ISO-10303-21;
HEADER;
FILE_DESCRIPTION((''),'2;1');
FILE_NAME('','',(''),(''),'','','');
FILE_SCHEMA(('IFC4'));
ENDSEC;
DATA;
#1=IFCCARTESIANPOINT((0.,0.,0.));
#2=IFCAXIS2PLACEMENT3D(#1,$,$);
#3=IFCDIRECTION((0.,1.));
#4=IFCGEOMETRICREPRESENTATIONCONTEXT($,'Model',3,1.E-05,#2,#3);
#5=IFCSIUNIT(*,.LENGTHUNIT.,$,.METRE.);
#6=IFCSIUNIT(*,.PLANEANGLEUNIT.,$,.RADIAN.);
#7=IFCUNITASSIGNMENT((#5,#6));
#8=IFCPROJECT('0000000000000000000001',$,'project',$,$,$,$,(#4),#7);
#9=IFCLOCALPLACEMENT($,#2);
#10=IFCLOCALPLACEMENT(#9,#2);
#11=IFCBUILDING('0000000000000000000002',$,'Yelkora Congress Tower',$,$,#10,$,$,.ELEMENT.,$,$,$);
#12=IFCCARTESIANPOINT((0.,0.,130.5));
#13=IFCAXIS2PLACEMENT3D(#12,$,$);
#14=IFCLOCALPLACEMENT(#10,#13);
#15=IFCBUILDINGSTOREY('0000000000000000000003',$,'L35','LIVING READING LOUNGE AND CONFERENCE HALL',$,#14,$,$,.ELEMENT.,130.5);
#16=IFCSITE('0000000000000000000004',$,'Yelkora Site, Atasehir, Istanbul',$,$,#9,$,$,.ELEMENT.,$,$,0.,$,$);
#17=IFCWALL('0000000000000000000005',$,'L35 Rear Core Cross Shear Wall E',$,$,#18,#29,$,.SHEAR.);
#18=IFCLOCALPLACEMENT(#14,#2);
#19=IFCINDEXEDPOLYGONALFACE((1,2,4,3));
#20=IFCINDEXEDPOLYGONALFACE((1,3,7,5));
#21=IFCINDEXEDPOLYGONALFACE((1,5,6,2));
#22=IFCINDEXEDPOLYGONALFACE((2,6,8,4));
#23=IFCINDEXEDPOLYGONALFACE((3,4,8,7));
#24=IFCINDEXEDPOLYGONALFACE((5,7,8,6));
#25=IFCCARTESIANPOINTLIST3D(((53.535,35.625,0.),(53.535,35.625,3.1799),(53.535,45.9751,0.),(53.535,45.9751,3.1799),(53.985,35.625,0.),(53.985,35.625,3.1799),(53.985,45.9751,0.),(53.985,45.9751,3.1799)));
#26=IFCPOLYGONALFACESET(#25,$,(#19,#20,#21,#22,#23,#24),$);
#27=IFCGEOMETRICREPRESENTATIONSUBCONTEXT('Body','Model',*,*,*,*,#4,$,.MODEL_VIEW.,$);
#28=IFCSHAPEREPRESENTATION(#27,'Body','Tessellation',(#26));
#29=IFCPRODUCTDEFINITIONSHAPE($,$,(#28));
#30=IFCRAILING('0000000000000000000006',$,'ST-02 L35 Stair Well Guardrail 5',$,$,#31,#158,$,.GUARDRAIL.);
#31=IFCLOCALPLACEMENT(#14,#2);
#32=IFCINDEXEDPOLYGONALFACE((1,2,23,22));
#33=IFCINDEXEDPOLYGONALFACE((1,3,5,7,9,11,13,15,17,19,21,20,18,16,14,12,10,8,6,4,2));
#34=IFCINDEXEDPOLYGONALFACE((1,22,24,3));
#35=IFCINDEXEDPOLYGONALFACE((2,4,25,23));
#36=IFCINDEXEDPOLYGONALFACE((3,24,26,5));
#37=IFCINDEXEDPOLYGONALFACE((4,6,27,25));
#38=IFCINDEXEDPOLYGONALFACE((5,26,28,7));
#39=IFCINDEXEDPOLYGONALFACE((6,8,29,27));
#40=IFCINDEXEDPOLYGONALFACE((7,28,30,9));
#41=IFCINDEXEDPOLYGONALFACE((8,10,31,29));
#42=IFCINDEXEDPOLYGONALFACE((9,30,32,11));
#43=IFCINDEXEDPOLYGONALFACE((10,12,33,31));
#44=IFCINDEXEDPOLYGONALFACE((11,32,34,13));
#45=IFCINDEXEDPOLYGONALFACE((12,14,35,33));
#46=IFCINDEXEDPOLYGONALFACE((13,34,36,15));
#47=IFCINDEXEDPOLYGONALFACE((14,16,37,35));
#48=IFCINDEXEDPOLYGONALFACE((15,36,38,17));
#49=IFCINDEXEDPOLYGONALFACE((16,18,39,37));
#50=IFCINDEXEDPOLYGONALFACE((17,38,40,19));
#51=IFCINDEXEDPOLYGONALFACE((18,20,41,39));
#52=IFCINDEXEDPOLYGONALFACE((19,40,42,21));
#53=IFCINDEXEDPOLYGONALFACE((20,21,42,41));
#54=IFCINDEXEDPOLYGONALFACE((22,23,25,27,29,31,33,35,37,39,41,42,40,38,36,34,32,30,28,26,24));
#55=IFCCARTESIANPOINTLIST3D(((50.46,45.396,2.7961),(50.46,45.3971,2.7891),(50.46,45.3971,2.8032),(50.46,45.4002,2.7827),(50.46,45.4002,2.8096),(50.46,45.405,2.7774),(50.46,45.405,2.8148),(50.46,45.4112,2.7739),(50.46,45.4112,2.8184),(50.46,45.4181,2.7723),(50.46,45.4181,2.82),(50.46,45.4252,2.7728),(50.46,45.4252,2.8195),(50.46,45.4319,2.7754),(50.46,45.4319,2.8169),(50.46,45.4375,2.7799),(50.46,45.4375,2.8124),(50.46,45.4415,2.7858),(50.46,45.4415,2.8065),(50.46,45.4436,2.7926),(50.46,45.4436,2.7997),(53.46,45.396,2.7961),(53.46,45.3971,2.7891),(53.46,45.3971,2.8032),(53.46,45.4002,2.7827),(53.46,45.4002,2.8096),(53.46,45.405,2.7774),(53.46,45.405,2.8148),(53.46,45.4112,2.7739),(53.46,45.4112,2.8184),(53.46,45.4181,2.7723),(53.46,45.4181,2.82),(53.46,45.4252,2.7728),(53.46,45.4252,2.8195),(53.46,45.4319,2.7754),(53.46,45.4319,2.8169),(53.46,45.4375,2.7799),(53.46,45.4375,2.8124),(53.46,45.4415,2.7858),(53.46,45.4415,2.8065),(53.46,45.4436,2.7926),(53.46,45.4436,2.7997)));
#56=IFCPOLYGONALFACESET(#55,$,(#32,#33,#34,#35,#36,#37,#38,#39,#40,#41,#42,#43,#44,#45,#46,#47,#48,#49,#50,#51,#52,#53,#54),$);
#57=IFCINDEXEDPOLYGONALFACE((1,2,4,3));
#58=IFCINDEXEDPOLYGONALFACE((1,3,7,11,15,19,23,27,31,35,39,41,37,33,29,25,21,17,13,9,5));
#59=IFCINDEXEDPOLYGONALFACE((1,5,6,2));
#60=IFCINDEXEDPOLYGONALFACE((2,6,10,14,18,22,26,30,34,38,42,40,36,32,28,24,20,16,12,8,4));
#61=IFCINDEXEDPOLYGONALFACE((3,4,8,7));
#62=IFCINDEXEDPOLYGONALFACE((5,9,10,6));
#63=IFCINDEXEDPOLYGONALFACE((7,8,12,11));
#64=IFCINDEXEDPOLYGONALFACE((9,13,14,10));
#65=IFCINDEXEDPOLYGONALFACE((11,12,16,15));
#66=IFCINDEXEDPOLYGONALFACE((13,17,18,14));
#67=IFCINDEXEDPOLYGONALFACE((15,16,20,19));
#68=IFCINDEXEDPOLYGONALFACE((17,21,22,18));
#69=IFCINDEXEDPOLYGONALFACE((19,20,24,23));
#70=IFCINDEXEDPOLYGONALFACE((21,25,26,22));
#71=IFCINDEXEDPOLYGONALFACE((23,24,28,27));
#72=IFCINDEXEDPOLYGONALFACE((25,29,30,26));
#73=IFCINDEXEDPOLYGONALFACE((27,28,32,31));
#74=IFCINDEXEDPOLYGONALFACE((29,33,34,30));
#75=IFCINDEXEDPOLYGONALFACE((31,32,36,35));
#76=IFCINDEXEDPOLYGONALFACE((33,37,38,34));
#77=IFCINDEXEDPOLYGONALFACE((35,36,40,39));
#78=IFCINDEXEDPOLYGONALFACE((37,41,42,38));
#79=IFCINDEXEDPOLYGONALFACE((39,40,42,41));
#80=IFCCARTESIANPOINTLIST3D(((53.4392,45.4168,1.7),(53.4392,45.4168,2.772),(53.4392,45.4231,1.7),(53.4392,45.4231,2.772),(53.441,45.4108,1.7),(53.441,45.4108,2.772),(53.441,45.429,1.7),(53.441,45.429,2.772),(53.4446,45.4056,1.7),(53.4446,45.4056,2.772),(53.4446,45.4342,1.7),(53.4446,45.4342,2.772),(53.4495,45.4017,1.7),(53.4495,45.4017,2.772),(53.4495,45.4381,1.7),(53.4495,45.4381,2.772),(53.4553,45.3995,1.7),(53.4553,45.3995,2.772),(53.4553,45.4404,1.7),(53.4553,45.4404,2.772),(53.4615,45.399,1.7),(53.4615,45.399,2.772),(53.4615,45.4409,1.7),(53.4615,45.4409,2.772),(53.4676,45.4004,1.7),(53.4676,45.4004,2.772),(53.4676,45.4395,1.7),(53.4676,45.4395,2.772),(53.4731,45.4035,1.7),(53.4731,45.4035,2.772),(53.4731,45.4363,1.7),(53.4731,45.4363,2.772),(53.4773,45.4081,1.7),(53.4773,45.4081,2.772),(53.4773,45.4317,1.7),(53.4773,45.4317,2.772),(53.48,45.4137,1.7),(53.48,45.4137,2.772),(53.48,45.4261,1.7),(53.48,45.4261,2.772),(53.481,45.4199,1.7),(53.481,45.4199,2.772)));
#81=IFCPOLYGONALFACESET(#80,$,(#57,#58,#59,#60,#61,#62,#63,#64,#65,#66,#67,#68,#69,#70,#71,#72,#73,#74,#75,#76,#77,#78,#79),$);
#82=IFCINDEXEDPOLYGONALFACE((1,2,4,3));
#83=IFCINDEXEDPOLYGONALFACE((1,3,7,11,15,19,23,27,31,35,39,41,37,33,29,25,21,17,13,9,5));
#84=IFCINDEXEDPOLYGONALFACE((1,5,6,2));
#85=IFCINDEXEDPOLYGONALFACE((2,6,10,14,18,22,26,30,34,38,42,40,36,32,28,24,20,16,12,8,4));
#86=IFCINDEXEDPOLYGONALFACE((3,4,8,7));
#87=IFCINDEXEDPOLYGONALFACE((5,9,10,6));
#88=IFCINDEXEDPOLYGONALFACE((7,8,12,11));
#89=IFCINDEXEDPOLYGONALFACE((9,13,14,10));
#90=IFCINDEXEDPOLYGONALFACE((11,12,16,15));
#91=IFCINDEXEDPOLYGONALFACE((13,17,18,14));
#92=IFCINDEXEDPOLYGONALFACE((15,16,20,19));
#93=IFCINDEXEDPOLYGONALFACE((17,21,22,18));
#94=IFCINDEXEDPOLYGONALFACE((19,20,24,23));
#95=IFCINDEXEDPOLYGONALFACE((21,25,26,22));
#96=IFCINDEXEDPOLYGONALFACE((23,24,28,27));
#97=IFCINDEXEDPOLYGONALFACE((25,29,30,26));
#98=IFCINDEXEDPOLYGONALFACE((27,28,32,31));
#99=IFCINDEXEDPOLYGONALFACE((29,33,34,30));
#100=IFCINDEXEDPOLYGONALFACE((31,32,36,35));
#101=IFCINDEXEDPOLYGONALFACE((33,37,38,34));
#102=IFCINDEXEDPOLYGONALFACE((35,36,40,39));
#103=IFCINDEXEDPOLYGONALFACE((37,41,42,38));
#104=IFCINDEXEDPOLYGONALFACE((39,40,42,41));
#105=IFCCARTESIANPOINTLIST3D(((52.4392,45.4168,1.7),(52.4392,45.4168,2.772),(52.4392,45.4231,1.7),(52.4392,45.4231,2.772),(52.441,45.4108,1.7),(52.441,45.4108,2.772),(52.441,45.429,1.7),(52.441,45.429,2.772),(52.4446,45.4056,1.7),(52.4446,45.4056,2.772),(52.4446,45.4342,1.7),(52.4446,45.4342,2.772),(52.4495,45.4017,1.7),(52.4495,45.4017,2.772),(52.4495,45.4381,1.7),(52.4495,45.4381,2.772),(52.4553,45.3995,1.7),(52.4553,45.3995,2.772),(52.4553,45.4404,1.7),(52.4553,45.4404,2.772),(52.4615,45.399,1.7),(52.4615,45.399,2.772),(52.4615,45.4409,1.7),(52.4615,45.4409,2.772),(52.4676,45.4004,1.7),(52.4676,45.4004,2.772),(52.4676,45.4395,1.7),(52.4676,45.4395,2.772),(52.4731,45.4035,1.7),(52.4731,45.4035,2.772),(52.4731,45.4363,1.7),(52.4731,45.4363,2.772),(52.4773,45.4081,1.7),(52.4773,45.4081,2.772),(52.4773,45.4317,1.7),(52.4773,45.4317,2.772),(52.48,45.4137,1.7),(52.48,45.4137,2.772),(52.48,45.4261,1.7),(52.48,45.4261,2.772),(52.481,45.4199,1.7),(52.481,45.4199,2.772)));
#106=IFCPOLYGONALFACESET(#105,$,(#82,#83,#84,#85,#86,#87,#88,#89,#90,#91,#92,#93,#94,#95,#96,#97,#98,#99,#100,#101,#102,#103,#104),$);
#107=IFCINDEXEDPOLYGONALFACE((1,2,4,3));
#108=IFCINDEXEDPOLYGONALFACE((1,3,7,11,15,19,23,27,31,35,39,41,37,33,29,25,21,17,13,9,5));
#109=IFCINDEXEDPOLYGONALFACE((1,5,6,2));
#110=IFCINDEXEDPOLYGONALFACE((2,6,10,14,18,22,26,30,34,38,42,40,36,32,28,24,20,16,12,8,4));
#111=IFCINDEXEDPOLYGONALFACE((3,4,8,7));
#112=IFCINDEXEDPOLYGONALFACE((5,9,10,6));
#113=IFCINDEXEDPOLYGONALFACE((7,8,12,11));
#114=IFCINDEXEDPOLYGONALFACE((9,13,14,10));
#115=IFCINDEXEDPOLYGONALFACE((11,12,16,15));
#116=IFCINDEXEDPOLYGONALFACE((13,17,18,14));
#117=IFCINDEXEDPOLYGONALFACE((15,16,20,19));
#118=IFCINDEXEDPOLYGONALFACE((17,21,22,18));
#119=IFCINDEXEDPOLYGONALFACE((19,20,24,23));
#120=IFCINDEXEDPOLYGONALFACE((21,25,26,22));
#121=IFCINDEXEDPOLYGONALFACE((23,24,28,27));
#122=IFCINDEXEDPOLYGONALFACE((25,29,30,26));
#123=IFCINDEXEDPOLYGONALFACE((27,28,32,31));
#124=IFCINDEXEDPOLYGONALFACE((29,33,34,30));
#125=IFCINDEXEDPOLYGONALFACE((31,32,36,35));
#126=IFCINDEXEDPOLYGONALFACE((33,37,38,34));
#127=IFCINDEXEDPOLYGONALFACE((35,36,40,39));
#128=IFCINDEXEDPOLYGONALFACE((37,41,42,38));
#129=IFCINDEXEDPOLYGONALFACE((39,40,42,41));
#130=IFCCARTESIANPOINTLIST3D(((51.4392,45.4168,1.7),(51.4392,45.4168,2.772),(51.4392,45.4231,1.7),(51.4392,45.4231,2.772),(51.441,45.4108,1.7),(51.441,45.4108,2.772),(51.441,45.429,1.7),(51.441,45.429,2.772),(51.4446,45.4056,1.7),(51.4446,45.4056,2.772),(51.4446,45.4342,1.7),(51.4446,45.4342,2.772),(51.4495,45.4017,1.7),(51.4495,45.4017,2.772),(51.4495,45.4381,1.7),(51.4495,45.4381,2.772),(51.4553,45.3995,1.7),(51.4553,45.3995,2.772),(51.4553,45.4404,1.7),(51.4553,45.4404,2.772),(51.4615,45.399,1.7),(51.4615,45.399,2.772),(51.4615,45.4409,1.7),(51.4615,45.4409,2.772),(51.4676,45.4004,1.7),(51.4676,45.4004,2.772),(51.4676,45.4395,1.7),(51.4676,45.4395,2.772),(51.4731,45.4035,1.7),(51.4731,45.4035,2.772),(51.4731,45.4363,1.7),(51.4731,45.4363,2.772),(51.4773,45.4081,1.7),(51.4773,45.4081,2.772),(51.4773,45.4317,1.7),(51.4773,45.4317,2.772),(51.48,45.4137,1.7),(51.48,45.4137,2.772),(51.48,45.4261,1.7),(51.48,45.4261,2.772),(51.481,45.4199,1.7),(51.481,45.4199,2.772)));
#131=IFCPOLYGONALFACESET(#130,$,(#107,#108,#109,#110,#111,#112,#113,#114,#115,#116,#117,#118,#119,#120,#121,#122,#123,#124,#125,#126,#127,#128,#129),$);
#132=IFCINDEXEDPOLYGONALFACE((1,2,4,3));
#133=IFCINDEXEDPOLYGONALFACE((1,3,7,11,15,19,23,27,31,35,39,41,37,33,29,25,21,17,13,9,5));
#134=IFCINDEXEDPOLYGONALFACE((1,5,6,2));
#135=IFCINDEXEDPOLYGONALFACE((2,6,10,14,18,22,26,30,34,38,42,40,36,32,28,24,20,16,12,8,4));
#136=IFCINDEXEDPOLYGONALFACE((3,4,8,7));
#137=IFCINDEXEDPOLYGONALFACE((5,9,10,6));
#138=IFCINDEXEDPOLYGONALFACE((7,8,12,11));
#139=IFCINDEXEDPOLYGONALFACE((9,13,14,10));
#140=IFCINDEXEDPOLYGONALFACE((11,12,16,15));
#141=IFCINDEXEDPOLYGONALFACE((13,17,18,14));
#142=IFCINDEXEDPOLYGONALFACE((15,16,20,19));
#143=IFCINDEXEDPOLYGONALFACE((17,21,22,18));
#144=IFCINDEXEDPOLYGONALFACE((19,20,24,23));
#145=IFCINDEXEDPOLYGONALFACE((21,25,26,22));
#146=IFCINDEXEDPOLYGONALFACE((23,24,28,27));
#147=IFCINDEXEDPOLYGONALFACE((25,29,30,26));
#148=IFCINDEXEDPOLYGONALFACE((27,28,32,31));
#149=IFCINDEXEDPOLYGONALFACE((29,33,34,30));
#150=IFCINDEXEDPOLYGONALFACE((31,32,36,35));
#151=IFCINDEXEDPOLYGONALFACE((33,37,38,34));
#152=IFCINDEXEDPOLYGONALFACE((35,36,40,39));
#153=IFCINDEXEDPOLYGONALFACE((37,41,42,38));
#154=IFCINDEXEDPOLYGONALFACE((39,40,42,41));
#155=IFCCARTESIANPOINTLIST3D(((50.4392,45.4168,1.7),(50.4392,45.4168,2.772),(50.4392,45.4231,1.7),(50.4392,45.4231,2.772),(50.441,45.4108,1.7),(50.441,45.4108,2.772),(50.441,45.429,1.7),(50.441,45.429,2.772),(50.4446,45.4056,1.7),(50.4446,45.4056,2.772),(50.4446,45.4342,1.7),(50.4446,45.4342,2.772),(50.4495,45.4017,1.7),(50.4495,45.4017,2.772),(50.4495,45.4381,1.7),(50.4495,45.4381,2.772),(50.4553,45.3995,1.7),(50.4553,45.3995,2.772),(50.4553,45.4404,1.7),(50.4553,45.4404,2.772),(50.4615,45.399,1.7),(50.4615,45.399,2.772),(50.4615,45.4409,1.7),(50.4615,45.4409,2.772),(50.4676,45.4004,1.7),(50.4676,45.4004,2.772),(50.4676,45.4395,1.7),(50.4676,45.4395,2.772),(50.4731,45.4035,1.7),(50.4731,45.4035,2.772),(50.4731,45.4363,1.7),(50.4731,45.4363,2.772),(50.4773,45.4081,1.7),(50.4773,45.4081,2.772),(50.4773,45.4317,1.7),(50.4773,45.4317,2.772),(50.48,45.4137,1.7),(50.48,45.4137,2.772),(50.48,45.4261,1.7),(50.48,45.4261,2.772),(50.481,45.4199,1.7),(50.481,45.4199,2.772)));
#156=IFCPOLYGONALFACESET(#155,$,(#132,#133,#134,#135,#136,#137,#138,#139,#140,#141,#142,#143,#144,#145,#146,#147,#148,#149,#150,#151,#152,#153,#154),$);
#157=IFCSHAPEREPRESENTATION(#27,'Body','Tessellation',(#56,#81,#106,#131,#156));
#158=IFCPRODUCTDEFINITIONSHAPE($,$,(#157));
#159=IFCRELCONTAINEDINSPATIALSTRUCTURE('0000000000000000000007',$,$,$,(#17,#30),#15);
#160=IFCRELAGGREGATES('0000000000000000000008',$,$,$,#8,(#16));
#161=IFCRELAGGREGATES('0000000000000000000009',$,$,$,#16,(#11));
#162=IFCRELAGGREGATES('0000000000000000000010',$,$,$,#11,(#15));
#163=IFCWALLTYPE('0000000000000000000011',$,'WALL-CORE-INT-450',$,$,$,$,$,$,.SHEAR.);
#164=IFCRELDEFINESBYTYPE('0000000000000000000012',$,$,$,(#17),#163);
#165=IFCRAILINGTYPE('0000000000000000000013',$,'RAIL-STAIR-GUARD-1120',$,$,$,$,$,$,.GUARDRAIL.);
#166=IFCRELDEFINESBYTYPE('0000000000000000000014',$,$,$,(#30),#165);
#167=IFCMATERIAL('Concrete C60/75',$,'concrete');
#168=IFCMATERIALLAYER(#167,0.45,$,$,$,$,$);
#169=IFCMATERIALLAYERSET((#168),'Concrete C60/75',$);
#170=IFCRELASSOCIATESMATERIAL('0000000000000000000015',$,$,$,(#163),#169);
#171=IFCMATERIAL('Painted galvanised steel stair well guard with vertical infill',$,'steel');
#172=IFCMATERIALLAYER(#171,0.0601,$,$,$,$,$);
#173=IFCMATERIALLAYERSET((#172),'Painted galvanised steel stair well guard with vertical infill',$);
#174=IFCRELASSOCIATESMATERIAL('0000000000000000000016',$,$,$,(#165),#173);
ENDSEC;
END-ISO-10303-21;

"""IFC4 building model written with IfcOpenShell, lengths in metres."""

from ifc_helpers import new_model, si_unit, direction, frame, frame_2d, origin, origin_2d, place, context, subcontext, project, spatial, rectangle, circle, extrude, material, layer, layer_set, type_object, element, save


model = new_model("IFC4")

# Units and contexts
model_context = context("Model", 3, precision=1e-05, world=origin(), true_north=direction((0.0, 1.0)))
body_context = subcontext(model_context, "Body", "Model", "MODEL_VIEW")
ifc_project = project(units=[si_unit("LENGTHUNIT", "METRE"), si_unit("PLANEANGLEUNIT", "RADIAN")], contexts=[model_context])

# Site, building, storey
site_placement = place(None, origin())
site = spatial("IfcSite", under=ifc_project, at=site_placement, Name="Yelkora Site, Atasehir, Istanbul", CompositionType="ELEMENT", RefElevation=0.0)
building_placement = place(site_placement, origin())
building = spatial("IfcBuilding", under=site, at=building_placement, Name="Yelkora Congress Tower", CompositionType="ELEMENT")
storey_placement = place(building_placement, frame((0.0, 0.0, 130.5)))
storey = spatial("IfcBuildingStorey", under=building, at=storey_placement, Name="L35", Description="LIVING READING LOUNGE AND CONFERENCE HALL", CompositionType="ELEMENT", Elevation=130.5)

# Wall
ifc_material_1 = material(Name="Concrete C60/75", Category="concrete")
ifc_layer_1 = layer(ifc_material_1, 0.45)
ifc_layer_set_1 = layer_set([ifc_layer_1], Name="Concrete C60/75")
wall_type = type_object("IfcWallType", Name="WALL-CORE-INT-450", PredefinedType="SHEAR", material=ifc_layer_set_1)
wall_placement = place(storey_placement, frame((53.76, 35.625, 0.0), z_axis=(0.0, 0.0, 1.0), x_axis=(0.0, 1.0, 0.0)))
element("IfcWall", 1, at=wall_placement, inside=storey, type_object=wall_type, Name="L35 Rear Core Cross Shear Wall E", PredefinedType="SHEAR", context=body_context, shape_type="SweptSolid", body=[
    extrude(rectangle(XDim=10.3501, YDim=0.45, at=frame_2d((5.175, 0.0))), origin(), (0.0, 0.0, 1.0), 3.1799),
])

# Railing
ifc_material_2 = material(Name="Painted galvanised steel stair well guard with vertical infill", Category="steel")
ifc_layer_2 = layer(ifc_material_2, 0.0601)
ifc_layer_set_2 = layer_set([ifc_layer_2], Name="Painted galvanised steel stair well guard with vertical infill")
railing_type = type_object("IfcRailingType", Name="RAIL-STAIR-GUARD-1120", PredefinedType="GUARDRAIL", material=ifc_layer_set_2)
railing_1_placement = place(storey_placement, frame((53.46, 45.4199, 1.7)))
element("IfcRailing", 2, at=railing_1_placement, inside=storey, type_object=railing_type, Name="ST-02 L35 Stair Well Guardrail 5", PredefinedType="GUARDRAIL", context=body_context, shape_type="SweptSolid", body=[
    extrude(circle(Radius=0.0239, at=origin_2d()), frame((0.0, 0.0, 1.0962), z_axis=(-1.0, 0.0, 0.0), x_axis=(0.0, -1.0, 0.0)), (0.0, 0.0, 1.0), 3.0),
    extrude(circle(Radius=0.021, at=origin_2d()), origin(), (0.0, 0.0, 1.0), 1.072),
    extrude(circle(Radius=0.021, at=origin_2d()), frame((-1.0, 0.0, 0.0)), (0.0, 0.0, 1.0), 1.072),
    extrude(circle(Radius=0.021, at=origin_2d()), frame((-2.0, 0.0, 0.0)), (0.0, 0.0, 1.0), 1.072),
    extrude(circle(Radius=0.021, at=origin_2d()), frame((-3.0, 0.0, 0.0)), (0.0, 0.0, 1.0), 1.072),
])

save(model, "model.ifc")
